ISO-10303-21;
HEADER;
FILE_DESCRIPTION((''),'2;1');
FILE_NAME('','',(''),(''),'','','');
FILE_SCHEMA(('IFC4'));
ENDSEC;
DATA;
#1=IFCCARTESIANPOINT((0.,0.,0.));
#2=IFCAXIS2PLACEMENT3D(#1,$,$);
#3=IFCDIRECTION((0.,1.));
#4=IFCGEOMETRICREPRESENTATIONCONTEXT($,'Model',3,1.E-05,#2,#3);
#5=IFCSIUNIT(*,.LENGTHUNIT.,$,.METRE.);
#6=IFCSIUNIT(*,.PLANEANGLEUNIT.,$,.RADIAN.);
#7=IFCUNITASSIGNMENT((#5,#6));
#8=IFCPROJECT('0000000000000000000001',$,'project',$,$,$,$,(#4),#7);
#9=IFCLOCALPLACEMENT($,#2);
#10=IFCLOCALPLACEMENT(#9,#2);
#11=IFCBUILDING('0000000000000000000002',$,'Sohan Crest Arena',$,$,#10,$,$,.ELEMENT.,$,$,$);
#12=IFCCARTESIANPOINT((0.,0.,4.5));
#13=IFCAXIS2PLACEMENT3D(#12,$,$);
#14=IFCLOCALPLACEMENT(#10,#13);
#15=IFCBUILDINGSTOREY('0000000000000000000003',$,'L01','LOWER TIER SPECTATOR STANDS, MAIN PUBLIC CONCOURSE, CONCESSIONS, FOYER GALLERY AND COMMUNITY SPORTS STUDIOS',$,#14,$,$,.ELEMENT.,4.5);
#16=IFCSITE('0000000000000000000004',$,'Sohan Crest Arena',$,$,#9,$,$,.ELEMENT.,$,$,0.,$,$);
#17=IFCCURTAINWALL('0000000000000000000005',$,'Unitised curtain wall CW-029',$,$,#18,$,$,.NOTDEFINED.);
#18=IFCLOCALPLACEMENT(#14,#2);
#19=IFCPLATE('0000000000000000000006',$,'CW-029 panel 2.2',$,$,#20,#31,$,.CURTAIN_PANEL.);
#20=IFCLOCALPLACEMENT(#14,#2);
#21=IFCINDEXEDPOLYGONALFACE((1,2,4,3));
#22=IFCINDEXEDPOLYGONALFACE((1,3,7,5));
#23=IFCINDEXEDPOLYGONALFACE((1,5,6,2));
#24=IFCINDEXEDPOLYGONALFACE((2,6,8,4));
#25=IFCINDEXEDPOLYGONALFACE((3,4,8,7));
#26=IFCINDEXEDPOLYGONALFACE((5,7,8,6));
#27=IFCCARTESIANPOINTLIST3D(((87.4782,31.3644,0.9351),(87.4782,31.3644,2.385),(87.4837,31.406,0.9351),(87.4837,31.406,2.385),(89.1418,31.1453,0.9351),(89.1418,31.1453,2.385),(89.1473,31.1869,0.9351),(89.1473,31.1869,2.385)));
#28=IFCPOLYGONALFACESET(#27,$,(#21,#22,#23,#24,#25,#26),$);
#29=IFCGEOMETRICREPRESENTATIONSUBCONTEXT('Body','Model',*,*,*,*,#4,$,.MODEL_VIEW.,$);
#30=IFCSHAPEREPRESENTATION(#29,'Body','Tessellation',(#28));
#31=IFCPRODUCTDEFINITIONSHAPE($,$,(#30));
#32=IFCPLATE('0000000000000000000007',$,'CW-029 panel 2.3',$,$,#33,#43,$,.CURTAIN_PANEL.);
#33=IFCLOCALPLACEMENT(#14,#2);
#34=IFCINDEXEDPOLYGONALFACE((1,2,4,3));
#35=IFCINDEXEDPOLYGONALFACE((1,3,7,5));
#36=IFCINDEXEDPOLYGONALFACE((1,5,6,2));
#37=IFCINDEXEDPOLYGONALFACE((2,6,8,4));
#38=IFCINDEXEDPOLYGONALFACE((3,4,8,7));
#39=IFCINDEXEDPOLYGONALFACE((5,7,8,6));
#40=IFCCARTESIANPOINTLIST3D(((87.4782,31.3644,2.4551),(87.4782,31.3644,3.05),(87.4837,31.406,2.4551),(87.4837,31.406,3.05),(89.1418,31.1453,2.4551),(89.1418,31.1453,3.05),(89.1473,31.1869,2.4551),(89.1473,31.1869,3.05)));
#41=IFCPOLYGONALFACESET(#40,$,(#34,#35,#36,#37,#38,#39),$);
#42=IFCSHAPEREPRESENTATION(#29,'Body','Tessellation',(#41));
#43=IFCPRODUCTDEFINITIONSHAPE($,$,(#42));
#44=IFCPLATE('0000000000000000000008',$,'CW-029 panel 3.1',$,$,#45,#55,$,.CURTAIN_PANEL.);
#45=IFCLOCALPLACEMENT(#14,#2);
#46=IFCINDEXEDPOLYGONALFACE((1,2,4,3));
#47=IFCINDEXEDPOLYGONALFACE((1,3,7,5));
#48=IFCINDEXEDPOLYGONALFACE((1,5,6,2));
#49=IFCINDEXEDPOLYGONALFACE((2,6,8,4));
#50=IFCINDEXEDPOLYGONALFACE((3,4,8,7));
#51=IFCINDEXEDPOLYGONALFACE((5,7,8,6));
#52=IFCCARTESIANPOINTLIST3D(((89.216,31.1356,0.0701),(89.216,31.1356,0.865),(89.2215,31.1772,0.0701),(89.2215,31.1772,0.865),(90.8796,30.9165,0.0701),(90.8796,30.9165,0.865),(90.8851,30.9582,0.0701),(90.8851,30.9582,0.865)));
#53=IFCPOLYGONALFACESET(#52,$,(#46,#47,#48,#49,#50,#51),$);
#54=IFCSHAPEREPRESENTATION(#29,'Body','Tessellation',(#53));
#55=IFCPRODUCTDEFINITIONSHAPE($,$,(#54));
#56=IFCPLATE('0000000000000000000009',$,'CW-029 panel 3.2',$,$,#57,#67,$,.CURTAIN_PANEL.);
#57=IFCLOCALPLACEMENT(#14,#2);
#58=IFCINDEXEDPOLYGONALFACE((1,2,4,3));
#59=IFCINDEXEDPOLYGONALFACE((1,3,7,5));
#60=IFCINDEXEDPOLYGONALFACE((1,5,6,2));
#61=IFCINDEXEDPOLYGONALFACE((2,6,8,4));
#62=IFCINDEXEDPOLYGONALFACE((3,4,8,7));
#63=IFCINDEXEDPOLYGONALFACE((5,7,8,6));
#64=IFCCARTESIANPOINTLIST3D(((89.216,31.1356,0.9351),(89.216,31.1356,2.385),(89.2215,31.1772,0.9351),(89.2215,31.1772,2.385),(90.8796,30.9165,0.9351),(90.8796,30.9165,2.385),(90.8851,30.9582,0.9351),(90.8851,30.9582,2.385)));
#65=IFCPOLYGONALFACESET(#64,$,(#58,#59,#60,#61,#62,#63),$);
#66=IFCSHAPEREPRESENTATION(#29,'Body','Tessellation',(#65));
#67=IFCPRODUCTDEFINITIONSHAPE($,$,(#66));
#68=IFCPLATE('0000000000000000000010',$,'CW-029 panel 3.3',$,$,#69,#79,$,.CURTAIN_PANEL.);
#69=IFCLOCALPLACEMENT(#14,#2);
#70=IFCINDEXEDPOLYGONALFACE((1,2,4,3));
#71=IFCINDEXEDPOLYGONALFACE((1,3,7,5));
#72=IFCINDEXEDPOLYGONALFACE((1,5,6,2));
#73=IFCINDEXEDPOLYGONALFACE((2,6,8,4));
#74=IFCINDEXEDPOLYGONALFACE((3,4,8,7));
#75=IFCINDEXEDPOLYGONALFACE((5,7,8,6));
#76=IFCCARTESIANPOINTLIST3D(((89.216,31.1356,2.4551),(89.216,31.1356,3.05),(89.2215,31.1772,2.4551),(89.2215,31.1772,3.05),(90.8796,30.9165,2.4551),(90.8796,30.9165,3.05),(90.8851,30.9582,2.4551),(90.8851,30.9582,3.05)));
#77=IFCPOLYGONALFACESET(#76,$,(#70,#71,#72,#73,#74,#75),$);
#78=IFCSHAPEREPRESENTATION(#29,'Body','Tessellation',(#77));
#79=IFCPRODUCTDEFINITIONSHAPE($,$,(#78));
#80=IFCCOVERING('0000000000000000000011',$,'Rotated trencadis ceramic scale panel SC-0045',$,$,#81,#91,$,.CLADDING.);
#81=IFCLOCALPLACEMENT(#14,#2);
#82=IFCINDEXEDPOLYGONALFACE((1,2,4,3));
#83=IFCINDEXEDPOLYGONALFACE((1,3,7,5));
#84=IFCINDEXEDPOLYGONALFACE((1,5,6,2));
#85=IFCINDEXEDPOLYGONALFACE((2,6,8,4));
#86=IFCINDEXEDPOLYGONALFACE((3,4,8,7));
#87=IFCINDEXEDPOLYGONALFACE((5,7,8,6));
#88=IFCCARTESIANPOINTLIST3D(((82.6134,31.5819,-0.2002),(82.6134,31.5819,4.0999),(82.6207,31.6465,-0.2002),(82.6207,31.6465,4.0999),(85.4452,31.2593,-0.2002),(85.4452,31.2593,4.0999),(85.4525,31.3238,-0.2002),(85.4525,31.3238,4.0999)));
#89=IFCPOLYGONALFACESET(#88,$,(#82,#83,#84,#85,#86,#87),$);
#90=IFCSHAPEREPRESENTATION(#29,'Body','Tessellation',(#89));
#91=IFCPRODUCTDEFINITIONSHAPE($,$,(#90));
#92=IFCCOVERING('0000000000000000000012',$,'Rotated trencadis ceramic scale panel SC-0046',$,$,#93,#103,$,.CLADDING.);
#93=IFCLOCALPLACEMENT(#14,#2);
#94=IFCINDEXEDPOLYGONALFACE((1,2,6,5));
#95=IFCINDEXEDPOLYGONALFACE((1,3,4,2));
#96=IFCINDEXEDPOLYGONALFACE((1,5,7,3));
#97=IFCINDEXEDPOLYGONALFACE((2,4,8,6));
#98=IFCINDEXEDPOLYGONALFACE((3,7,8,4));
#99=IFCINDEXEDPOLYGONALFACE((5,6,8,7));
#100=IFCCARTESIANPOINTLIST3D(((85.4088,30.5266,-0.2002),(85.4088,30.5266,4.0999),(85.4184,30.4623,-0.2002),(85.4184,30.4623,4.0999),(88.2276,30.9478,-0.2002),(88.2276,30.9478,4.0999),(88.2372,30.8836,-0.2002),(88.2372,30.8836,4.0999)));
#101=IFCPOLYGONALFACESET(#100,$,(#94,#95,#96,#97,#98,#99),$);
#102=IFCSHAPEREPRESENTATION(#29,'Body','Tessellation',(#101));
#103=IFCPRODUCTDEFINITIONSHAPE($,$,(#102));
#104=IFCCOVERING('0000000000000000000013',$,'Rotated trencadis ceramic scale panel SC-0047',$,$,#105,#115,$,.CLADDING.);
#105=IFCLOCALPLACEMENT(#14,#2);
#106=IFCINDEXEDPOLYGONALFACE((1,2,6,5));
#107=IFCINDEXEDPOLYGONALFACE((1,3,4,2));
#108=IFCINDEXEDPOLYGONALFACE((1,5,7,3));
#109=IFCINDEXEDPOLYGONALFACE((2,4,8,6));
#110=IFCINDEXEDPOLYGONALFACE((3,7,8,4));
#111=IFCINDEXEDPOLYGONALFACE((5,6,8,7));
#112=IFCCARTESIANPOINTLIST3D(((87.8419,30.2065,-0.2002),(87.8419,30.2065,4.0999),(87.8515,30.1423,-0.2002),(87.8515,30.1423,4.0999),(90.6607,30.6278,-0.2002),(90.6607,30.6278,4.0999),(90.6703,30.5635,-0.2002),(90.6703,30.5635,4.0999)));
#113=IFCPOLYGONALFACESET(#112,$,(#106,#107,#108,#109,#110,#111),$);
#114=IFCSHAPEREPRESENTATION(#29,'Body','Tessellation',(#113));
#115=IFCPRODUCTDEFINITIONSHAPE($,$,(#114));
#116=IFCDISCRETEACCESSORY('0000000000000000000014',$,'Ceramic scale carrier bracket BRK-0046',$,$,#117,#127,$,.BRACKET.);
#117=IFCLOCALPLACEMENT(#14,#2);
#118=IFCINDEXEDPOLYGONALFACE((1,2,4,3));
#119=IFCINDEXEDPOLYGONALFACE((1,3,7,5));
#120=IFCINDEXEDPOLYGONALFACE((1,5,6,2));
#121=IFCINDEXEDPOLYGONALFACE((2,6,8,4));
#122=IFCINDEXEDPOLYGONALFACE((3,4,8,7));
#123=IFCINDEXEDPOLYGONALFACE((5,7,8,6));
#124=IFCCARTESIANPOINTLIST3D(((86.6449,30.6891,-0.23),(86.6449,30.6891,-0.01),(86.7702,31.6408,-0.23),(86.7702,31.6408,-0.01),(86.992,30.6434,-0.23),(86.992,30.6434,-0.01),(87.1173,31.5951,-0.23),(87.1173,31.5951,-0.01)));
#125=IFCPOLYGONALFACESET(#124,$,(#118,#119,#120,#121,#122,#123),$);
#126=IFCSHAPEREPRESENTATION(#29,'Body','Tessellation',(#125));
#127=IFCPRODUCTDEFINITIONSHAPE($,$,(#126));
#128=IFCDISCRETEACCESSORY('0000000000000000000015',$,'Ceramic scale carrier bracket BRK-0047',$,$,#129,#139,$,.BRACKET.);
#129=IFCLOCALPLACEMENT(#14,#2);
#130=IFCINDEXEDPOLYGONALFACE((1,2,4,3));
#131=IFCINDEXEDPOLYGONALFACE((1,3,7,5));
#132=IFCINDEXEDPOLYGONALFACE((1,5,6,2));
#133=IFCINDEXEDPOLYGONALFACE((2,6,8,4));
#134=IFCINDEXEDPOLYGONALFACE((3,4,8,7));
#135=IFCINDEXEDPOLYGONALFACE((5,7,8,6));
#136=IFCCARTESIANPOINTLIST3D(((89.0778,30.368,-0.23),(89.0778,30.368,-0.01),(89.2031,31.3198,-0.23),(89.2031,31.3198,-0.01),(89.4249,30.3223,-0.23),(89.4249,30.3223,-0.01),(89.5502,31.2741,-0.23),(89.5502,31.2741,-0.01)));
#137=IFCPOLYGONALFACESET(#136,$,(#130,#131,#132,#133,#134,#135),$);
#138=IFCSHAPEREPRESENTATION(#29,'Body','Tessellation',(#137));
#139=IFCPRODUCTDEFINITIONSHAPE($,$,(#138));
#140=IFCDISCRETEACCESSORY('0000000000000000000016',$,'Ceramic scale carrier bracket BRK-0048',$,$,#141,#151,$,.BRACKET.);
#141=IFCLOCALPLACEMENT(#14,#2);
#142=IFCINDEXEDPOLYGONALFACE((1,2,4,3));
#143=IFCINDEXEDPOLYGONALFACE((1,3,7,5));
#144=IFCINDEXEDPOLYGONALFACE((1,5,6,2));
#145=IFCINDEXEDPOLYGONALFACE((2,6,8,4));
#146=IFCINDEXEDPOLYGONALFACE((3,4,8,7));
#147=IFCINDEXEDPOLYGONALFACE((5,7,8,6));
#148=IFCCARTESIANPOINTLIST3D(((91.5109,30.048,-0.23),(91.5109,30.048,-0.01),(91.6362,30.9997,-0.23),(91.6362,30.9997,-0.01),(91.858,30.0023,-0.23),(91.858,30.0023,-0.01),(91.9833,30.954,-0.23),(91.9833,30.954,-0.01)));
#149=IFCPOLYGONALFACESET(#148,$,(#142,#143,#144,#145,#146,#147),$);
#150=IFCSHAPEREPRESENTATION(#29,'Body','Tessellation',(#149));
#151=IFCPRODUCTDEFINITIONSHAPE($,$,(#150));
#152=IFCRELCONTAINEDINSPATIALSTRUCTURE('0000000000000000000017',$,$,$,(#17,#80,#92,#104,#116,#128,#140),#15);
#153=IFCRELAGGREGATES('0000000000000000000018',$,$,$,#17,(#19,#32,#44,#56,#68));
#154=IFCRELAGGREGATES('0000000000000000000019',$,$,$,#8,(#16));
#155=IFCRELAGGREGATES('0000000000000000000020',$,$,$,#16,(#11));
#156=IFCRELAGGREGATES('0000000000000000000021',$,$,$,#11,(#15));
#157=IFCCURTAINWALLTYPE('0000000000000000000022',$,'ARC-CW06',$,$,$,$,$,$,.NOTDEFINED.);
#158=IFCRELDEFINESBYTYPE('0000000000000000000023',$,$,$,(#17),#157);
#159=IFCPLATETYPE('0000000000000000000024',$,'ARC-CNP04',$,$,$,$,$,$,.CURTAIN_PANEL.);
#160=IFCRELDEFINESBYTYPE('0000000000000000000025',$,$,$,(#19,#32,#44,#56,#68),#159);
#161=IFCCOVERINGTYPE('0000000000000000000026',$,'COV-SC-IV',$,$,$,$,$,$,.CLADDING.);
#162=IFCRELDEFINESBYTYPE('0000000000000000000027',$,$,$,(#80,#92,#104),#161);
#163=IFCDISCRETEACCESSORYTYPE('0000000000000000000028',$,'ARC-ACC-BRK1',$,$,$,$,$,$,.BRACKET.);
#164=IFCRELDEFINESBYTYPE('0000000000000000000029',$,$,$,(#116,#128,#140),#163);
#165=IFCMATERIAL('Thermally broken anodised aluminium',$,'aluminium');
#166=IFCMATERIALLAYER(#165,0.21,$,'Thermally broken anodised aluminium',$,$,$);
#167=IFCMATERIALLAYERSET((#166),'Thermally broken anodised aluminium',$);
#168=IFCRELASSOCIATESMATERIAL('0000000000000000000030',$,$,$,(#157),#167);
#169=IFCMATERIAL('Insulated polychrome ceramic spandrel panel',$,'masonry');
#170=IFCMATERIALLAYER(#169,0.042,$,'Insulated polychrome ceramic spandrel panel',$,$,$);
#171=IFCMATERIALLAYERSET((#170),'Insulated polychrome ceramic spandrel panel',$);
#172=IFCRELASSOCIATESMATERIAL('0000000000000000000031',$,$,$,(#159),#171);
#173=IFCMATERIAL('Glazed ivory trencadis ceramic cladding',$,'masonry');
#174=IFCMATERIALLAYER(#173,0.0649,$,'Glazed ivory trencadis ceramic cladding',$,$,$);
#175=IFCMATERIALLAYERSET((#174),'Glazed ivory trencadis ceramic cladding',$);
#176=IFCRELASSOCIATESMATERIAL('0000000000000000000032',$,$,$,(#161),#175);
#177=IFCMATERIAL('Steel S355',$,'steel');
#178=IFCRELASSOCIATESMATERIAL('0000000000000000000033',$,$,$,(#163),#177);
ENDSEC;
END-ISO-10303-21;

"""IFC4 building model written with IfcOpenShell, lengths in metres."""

from ifc_helpers import new_model, si_unit, direction, frame, origin, origin_2d, place, context, subcontext, project, spatial, rectangle, extrude, material, layer, layer_set, type_object, element, aggregate, save


model = new_model("IFC4")

# Units and contexts
model_context = context("Model", 3, precision=1e-05, world=origin(), true_north=direction((0.0, 1.0)))
body_context = subcontext(model_context, "Body", "Model", "MODEL_VIEW")
ifc_project = project(units=[si_unit("LENGTHUNIT", "METRE"), si_unit("PLANEANGLEUNIT", "RADIAN")], contexts=[model_context])

# Site, building, storey
site_placement = place(None, origin())
site = spatial("IfcSite", under=ifc_project, at=site_placement, Name="Sohan Crest Arena", CompositionType="ELEMENT", RefElevation=0.0)
building_placement = place(site_placement, origin())
building = spatial("IfcBuilding", under=site, at=building_placement, Name="Sohan Crest Arena", CompositionType="ELEMENT")
storey_placement = place(building_placement, frame((0.0, 0.0, 4.5)))
storey = spatial("IfcBuildingStorey", under=building, at=storey_placement, Name="L01", Description="LOWER TIER SPECTATOR STANDS, MAIN PUBLIC CONCOURSE, CONCESSIONS, FOYER GALLERY AND COMMUNITY SPORTS STUDIOS", CompositionType="ELEMENT", Elevation=4.5)

# Shared definitions
ifc_material_1 = material(Name="Steel S355", Category="steel")

# Shared definitions
ifc_material_2 = material(Name="Thermally broken anodised aluminium", Category="aluminium")

# Curtain wall
ifc_layer_1 = layer(ifc_material_2, 0.21, Name="Thermally broken anodised aluminium")
ifc_layer_set_1 = layer_set([ifc_layer_1], Name="Thermally broken anodised aluminium")
curtain_wall_type_1 = type_object("IfcCurtainWallType", Name="ARC-CW06", PredefinedType="NOTDEFINED", material=ifc_layer_set_1)
curtain_wall_1_placement = place(storey_placement, origin())
curtain_wall_1 = element("IfcCurtainWall", 1, at=curtain_wall_1_placement, inside=storey, type_object=curtain_wall_type_1, Name="Unitised curtain wall CW-029", PredefinedType="NOTDEFINED")

# Plates
ifc_material_3 = material(Name="Insulated polychrome ceramic spandrel panel", Category="masonry")
ifc_layer_2 = layer(ifc_material_3, 0.042, Name="Insulated polychrome ceramic spandrel panel")
ifc_layer_set_2 = layer_set([ifc_layer_2], Name="Insulated polychrome ceramic spandrel panel")
plate_type = type_object("IfcPlateType", Name="ARC-CNP04", PredefinedType="CURTAIN_PANEL", material=ifc_layer_set_2)
plate_1_placement = place(storey_placement, frame((88.3127, 31.2756, 0.9351), z_axis=(0.0, 0.0, 1.0), x_axis=(0.99144, -0.130562, 0.0)))
plate_1 = element("IfcPlate", 2, at=plate_1_placement, type_object=plate_type, Name="CW-029 panel 2.2", PredefinedType="CURTAIN_PANEL", context=body_context, shape_type="SweptSolid", body=[
    extrude(rectangle(XDim=1.678, YDim=0.042, at=origin_2d()), origin(), (0.0, 0.0, 1.0), 1.45),
])
plate_2_placement = place(storey_placement, frame((88.3127, 31.2756, 2.4551), z_axis=(0.0, 0.0, 1.0), x_axis=(0.99144, -0.130562, 0.0)))
plate_2 = element("IfcPlate", 3, at=plate_2_placement, type_object=plate_type, Name="CW-029 panel 2.3", PredefinedType="CURTAIN_PANEL", context=body_context, shape_type="SweptSolid", body=[
    extrude(rectangle(XDim=1.678, YDim=0.042, at=origin_2d()), origin(), (0.0, 0.0, 1.0), 0.595),
])
plate_3_placement = place(storey_placement, frame((90.0505, 31.0469, 0.0701), z_axis=(0.0, 0.0, 1.0), x_axis=(0.99144, -0.130562, 0.0)))
plate_3 = element("IfcPlate", 4, at=plate_3_placement, type_object=plate_type, Name="CW-029 panel 3.1", PredefinedType="CURTAIN_PANEL", context=body_context, shape_type="SweptSolid", body=[
    extrude(rectangle(XDim=1.678, YDim=0.042, at=origin_2d()), origin(), (0.0, 0.0, 1.0), 0.7949),
])
plate_4_placement = place(storey_placement, frame((90.0505, 31.0469, 0.9351), z_axis=(0.0, 0.0, 1.0), x_axis=(0.99144, -0.130562, 0.0)))
plate_4 = element("IfcPlate", 5, at=plate_4_placement, type_object=plate_type, Name="CW-029 panel 3.2", PredefinedType="CURTAIN_PANEL", context=body_context, shape_type="SweptSolid", body=[
    extrude(rectangle(XDim=1.678, YDim=0.042, at=origin_2d()), origin(), (0.0, 0.0, 1.0), 1.45),
])
plate_5_placement = place(storey_placement, frame((90.0505, 31.0469, 2.4551), z_axis=(0.0, 0.0, 1.0), x_axis=(0.99144, -0.130562, 0.0)))
plate_5 = element("IfcPlate", 6, at=plate_5_placement, type_object=plate_type, Name="CW-029 panel 3.3", PredefinedType="CURTAIN_PANEL", context=body_context, shape_type="SweptSolid", body=[
    extrude(rectangle(XDim=1.678, YDim=0.042, at=origin_2d()), origin(), (0.0, 0.0, 1.0), 0.595),
])
aggregate(curtain_wall_1, [plate_1, plate_2, plate_3, plate_4, plate_5])

# Coverings
ifc_material_4 = material(Name="Glazed ivory trencadis ceramic cladding", Category="masonry")
ifc_layer_3 = layer(ifc_material_4, 0.0649, Name="Glazed ivory trencadis ceramic cladding")
ifc_layer_set_3 = layer_set([ifc_layer_3], Name="Glazed ivory trencadis ceramic cladding")
covering_type = type_object("IfcCoveringType", Name="COV-SC-IV", PredefinedType="CLADDING", material=ifc_layer_set_3)
for number, where, z_axis, x_axis, name in (
    (7, (84.033, 31.4529, -0.2002), (0.0, 0.0, 1.0), (0.993572, -0.113203, 0.0), "Rotated trencadis ceramic scale panel SC-0045"),
    (8, (86.823, 30.7051, -0.2002), (0.0, 0.0, 1.0), (0.989016, 0.147809, 0.0), "Rotated trencadis ceramic scale panel SC-0046"),
    (9, (89.2561, 30.385, -0.2002), (0.0, 0.0, 1.0), (0.989016, 0.147809, 0.0), "Rotated trencadis ceramic scale panel SC-0047"),
):
    element("IfcCovering", number, at=place(storey_placement, frame(where, z_axis=z_axis, x_axis=x_axis)), inside=storey, type_object=covering_type, Name=name, PredefinedType="CLADDING", context=body_context, shape_type="SweptSolid", body=[
        extrude(rectangle(XDim=2.8501, YDim=0.0649, at=origin_2d()), origin(), (0.0, 0.0, 1.0), 4.3),
    ])

# Discrete accessories
discrete_accessory_type = type_object("IfcDiscreteAccessoryType", Name="ARC-ACC-BRK1", PredefinedType="BRACKET", material=ifc_material_1)
for number, where, z_axis, x_axis, name in (
    (10, (86.8811, 31.1421, -0.23), (0.0, 0.0, 1.0), (0.991445, -0.130526, 0.0), "Ceramic scale carrier bracket BRK-0046"),
    (11, (89.314, 30.821, -0.23), (0.0, 0.0, 1.0), (0.991445, -0.130526, 0.0), "Ceramic scale carrier bracket BRK-0047"),
    (12, (91.7471, 30.501, -0.23), (0.0, 0.0, 1.0), (0.991445, -0.130526, 0.0), "Ceramic scale carrier bracket BRK-0048"),
):
    element("IfcDiscreteAccessory", number, at=place(storey_placement, frame(where, z_axis=z_axis, x_axis=x_axis)), inside=storey, type_object=discrete_accessory_type, Name=name, PredefinedType="BRACKET", context=body_context, shape_type="SweptSolid", body=[
        extrude(rectangle(XDim=0.3501, YDim=0.96, at=origin_2d()), origin(), (0.0, 0.0, 1.0), 0.22),
    ])

save(model, "model.ifc")
